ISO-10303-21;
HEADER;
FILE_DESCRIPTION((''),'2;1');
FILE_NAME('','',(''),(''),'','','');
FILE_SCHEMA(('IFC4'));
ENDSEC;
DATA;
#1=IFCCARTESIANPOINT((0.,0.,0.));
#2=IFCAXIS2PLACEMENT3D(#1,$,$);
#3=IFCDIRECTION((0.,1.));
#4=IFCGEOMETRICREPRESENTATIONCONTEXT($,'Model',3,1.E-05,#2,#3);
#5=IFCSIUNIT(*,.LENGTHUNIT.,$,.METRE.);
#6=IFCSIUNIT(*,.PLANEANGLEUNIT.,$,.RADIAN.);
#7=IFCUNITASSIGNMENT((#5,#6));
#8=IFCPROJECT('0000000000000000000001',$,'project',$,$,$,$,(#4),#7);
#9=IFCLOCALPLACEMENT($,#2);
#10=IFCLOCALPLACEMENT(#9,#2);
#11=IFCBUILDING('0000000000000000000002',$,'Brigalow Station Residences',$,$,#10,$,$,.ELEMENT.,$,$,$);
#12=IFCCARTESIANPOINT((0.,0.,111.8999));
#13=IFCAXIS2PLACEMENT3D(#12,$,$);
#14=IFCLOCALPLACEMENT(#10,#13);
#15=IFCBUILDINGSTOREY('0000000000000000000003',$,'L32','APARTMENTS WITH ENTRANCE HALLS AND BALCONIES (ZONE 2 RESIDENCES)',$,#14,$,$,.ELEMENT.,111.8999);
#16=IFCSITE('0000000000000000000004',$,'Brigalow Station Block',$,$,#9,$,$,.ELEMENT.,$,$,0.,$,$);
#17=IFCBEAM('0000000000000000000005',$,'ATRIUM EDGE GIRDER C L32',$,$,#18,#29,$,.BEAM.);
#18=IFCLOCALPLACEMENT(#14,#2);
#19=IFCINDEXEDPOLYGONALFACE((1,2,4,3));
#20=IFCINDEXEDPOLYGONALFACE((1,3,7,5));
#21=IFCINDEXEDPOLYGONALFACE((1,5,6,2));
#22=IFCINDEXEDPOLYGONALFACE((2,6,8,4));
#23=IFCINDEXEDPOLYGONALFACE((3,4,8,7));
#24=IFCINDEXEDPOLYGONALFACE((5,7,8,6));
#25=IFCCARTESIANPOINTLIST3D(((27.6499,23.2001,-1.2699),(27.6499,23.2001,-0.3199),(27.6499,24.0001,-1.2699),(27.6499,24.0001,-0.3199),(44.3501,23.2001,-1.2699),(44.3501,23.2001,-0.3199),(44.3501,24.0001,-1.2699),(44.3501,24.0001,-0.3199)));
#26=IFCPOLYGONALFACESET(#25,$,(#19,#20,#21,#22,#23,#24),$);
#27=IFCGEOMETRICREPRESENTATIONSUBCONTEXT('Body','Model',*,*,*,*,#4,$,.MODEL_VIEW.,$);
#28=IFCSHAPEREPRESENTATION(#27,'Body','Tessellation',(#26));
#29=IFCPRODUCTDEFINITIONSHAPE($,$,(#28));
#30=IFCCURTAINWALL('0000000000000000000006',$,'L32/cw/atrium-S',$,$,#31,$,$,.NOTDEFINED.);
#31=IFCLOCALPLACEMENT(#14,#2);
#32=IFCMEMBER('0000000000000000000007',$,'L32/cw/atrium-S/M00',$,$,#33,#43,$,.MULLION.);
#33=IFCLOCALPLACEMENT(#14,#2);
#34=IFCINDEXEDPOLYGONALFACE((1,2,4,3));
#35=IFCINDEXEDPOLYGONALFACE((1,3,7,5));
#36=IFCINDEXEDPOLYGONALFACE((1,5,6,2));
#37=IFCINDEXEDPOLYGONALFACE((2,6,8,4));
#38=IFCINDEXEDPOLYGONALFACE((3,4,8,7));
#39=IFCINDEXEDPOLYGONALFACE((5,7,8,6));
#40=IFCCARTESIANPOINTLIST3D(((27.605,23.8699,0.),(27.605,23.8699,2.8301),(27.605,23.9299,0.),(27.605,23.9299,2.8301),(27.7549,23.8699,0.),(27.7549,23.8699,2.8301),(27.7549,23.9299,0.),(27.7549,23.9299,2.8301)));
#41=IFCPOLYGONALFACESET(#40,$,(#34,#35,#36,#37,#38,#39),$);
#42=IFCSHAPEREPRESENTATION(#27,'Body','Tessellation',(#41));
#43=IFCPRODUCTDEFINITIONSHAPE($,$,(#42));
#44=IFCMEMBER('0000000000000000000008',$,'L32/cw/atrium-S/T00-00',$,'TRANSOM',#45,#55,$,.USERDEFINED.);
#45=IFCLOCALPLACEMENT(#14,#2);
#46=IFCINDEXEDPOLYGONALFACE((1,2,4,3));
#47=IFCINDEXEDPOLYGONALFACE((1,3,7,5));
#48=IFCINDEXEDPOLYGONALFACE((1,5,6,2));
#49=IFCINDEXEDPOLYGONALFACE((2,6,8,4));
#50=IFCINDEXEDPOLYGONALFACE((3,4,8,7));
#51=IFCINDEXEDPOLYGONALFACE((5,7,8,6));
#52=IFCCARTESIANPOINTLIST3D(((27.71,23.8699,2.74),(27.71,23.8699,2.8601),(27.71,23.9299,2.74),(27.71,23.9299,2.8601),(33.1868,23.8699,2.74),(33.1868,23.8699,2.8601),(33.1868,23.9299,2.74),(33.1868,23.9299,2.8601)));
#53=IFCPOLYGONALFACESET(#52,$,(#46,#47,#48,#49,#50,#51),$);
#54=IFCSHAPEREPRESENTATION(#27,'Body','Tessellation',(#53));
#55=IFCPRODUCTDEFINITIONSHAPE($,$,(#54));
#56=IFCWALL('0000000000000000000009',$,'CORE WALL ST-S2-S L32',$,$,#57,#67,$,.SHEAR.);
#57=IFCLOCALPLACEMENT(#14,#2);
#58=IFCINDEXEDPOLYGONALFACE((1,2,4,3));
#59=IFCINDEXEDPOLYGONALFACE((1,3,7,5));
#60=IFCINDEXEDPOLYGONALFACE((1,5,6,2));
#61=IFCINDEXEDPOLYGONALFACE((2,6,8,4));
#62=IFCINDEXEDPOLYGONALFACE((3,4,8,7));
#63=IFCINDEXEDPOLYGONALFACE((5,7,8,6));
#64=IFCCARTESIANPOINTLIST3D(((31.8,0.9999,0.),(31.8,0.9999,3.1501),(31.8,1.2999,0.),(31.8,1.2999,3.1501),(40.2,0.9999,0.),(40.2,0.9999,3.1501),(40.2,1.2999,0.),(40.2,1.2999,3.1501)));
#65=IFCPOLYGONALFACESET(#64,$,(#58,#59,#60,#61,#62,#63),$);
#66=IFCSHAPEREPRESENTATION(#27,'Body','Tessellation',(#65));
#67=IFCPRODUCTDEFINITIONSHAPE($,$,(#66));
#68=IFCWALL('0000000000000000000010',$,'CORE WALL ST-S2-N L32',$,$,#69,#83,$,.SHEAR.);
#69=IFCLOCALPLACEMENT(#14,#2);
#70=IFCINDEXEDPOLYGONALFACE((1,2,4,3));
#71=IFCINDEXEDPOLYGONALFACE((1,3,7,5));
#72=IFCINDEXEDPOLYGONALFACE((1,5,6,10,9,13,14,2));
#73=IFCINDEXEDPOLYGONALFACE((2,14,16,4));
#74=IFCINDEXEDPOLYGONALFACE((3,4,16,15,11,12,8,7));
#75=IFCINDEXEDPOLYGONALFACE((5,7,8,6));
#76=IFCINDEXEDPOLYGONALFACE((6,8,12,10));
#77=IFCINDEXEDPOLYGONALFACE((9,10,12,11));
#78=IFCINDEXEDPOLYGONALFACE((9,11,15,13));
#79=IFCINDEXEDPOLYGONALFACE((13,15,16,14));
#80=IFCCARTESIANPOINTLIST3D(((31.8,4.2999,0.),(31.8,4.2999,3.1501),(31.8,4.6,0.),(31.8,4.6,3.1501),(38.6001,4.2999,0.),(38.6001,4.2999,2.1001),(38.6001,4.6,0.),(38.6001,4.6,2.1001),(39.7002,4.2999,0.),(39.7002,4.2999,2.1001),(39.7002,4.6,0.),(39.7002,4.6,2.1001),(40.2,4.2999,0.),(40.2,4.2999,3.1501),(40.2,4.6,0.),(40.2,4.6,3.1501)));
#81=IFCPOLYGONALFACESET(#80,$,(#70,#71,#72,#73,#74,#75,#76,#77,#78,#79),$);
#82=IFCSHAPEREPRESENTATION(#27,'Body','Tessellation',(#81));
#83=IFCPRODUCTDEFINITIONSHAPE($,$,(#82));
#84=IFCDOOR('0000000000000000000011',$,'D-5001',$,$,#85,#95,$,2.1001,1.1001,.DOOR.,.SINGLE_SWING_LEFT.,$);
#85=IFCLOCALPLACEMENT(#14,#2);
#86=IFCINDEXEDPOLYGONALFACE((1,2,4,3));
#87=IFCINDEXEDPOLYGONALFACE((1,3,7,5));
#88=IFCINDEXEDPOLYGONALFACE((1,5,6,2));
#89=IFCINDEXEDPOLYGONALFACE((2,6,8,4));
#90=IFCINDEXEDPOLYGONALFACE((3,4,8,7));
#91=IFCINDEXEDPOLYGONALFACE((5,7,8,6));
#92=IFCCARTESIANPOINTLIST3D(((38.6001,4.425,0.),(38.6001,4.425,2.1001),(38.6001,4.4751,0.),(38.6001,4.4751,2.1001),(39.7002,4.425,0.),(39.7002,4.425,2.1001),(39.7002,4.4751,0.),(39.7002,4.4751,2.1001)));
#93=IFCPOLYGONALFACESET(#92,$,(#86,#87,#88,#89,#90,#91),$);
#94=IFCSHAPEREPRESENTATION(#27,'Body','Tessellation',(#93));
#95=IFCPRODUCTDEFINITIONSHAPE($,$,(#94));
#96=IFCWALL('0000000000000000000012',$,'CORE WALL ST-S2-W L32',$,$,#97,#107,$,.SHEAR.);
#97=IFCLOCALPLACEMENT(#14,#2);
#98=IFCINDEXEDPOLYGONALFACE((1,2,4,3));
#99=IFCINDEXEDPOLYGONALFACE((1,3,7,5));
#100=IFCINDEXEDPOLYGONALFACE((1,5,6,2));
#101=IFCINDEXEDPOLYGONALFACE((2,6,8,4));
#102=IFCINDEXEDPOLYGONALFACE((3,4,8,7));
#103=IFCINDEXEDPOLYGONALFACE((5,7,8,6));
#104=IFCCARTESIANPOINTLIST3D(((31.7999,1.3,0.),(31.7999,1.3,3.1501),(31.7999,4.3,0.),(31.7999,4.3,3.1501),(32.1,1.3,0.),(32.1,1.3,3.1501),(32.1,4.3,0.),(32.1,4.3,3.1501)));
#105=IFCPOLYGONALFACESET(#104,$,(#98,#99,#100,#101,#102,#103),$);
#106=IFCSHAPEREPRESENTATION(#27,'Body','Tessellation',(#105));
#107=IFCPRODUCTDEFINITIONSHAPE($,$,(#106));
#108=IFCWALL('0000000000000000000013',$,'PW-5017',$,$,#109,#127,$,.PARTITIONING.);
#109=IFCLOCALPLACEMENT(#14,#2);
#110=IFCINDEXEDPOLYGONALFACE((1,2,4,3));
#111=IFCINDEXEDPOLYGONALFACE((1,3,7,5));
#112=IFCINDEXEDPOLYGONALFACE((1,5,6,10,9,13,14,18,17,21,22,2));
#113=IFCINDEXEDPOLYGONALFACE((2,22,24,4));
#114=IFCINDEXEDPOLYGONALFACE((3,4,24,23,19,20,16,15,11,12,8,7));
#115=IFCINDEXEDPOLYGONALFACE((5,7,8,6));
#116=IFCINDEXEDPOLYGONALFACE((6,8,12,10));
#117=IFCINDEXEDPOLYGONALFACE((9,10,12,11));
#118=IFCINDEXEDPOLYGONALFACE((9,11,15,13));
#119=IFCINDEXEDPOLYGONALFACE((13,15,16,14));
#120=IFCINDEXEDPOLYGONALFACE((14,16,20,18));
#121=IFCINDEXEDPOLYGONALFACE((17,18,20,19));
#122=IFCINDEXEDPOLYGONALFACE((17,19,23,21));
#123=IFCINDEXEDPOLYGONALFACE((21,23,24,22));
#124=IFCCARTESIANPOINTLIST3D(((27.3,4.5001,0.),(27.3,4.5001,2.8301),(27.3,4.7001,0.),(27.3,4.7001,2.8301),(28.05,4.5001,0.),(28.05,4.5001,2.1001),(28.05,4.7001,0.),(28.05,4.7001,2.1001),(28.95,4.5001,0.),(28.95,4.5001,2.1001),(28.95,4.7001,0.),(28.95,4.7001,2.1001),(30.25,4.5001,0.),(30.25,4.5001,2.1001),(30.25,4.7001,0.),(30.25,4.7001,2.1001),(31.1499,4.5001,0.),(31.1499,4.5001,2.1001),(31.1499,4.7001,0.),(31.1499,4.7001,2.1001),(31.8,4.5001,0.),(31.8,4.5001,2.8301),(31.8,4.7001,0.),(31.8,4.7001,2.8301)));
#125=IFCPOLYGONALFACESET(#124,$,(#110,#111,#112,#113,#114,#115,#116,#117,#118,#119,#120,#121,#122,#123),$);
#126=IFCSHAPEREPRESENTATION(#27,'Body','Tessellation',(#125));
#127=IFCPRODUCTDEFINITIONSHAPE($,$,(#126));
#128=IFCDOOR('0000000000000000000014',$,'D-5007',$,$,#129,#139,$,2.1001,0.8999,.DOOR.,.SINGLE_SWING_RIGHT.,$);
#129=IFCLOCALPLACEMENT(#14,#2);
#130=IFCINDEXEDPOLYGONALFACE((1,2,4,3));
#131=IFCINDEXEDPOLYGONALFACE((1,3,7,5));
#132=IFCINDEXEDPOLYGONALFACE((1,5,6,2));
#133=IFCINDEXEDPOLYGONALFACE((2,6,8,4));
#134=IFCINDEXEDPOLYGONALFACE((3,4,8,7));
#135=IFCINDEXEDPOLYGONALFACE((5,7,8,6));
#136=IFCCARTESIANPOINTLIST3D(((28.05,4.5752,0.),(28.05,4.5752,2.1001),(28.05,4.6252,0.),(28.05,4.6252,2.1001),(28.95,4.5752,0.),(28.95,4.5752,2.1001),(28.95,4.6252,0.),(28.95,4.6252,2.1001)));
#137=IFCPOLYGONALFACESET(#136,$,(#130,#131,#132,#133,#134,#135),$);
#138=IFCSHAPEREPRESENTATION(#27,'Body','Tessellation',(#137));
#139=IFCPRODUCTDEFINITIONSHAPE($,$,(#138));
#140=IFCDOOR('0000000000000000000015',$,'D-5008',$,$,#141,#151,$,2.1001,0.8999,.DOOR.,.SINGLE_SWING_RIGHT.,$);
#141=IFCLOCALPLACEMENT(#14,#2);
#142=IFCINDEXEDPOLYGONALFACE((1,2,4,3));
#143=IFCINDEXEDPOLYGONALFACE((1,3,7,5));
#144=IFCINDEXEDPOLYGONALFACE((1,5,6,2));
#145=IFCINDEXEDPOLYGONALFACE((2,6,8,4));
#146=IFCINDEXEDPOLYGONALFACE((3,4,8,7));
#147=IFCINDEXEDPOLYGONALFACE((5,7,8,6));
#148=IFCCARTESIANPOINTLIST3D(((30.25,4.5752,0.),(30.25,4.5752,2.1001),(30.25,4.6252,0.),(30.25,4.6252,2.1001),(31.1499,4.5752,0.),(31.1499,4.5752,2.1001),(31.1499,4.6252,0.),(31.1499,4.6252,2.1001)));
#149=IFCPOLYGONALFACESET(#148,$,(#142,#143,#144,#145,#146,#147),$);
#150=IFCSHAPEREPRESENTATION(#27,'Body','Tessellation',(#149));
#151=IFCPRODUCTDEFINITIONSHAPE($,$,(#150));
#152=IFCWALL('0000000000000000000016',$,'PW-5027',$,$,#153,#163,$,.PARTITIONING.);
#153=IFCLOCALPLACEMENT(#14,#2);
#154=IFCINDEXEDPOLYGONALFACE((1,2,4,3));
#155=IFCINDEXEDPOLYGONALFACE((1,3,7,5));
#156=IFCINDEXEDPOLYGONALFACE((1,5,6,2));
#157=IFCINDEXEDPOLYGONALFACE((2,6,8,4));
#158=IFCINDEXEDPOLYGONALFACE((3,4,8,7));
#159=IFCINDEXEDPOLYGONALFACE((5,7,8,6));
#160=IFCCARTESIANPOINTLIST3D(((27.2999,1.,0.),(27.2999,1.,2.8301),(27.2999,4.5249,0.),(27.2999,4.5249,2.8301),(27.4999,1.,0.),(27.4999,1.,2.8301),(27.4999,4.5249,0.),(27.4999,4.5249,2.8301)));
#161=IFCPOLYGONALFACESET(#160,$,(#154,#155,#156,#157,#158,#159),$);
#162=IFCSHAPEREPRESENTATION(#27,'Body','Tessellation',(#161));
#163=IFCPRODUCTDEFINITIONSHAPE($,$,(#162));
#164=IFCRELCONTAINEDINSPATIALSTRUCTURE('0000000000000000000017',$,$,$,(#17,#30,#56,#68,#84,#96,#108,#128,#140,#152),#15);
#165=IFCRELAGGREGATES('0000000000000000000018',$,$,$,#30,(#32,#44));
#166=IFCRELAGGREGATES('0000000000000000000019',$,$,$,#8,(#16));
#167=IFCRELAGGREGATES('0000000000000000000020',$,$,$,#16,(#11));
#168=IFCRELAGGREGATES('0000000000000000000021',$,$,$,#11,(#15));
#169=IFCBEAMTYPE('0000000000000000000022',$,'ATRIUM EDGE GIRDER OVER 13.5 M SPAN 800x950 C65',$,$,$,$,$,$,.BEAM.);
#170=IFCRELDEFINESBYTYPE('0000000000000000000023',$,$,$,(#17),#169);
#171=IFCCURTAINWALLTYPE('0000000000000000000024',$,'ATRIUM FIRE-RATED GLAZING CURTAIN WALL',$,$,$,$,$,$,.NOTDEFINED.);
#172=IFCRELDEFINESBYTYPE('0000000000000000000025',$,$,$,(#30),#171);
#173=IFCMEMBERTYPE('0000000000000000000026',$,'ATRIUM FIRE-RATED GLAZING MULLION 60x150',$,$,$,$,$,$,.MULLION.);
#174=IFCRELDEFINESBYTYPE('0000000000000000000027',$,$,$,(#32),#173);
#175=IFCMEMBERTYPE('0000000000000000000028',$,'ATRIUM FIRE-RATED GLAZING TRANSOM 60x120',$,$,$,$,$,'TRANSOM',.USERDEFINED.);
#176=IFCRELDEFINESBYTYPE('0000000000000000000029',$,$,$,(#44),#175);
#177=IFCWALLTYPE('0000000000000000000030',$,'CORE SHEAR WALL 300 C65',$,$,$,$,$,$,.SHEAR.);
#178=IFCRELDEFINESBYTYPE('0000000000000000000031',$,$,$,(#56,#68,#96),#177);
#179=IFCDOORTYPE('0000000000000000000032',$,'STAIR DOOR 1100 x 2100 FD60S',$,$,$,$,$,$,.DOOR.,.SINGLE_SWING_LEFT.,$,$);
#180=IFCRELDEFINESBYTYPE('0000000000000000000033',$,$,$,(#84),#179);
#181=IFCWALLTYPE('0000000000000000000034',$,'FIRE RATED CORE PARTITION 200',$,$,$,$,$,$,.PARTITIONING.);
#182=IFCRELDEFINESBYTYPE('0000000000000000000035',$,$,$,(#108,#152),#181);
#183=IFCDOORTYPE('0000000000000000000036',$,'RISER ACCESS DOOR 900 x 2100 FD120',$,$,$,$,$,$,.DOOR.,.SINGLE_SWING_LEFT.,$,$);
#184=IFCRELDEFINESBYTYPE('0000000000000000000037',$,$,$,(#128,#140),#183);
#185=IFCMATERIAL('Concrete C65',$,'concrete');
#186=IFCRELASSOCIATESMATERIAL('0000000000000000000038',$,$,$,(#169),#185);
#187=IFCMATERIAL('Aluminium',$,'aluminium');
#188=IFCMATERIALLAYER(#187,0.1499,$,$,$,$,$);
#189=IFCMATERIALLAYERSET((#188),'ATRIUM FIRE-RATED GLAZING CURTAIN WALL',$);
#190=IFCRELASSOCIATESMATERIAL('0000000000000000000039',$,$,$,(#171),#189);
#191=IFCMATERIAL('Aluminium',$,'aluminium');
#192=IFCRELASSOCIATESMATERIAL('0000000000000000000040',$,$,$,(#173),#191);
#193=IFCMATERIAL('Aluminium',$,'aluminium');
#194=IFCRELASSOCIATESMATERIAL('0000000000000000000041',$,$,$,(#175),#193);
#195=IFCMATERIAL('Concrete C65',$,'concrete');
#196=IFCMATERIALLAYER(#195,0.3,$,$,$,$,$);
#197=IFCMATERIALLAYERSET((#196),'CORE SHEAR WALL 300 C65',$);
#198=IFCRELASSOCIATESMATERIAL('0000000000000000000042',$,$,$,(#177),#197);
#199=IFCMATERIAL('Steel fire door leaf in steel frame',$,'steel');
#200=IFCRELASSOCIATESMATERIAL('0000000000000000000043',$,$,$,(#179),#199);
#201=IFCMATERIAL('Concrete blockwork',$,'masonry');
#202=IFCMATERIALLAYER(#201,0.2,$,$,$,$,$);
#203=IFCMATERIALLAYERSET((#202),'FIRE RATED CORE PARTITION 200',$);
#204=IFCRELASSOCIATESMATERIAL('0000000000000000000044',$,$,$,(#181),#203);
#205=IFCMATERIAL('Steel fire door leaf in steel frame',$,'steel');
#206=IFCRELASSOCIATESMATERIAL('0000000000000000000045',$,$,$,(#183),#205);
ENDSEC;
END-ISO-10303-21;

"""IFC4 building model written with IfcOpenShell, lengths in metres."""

from ifc_helpers import new_model, si_unit, direction, frame, frame_2d, origin, origin_2d, place, context, subcontext, project, spatial, rectangle, extrude, material, layer, layer_set, material_profile, profile_set, type_object, element, fill, aggregate, save


model = new_model("IFC4")

# Units and contexts
model_context = context("Model", 3, precision=1e-05, world=origin(), true_north=direction((0.0, 1.0)))
body_context = subcontext(model_context, "Body", "Model", "MODEL_VIEW")
ifc_project = project(units=[si_unit("LENGTHUNIT", "METRE"), si_unit("PLANEANGLEUNIT", "RADIAN")], contexts=[model_context])

# Site, building, storey
site_placement = place(None, origin())
site = spatial("IfcSite", under=ifc_project, at=site_placement, Name="Brigalow Station Block", CompositionType="ELEMENT", RefElevation=0.0)
building_placement = place(site_placement, origin())
building = spatial("IfcBuilding", under=site, at=building_placement, Name="Brigalow Station Residences", CompositionType="ELEMENT")
storey_placement = place(building_placement, frame((0.0, 0.0, 111.8999)))
storey = spatial("IfcBuildingStorey", under=building, at=storey_placement, Name="L32", Description="APARTMENTS WITH ENTRANCE HALLS AND BALCONIES (ZONE 2 RESIDENCES)", CompositionType="ELEMENT", Elevation=111.8999)

# Beam
ifc_material_1 = material(Name="Concrete C65", Category="concrete")
ifc_material_profile_1 = material_profile(ifc_material_1, rectangle(XDim=0.8, YDim=0.95, at=origin_2d()), Name="RC800x950")
ifc_profile_set_1 = profile_set([ifc_material_profile_1], Name="Concrete C65")
beam_type = type_object("IfcBeamType", Name="ATRIUM EDGE GIRDER OVER 13.5 M SPAN 800x950 C65", PredefinedType="BEAM", material=ifc_profile_set_1)
beam_placement = place(storey_placement, frame((27.6499, 23.6001, -0.7949), z_axis=(1.0, 0.0, 0.0), x_axis=(0.0, 1.0, 0.0)))
element("IfcBeam", 1, at=beam_placement, inside=storey, type_object=beam_type, Name="ATRIUM EDGE GIRDER C L32", PredefinedType="BEAM", context=body_context, shape_type="SweptSolid", body=[
    extrude(rectangle(XDim=0.8, YDim=0.95, at=origin_2d()), origin(), (0.0, 0.0, 1.0), 16.7002),
])

# Curtain wall, members
ifc_material_2 = material(Name="Aluminium", Category="aluminium")
ifc_layer_1 = layer(ifc_material_2, 0.1499)
ifc_layer_set_1 = layer_set([ifc_layer_1], Name="ATRIUM FIRE-RATED GLAZING CURTAIN WALL")
curtain_wall_type = type_object("IfcCurtainWallType", Name="ATRIUM FIRE-RATED GLAZING CURTAIN WALL", PredefinedType="NOTDEFINED", material=ifc_layer_set_1)
curtain_wall_placement = place(storey_placement, origin())
curtain_wall = element("IfcCurtainWall", 2, at=curtain_wall_placement, inside=storey, type_object=curtain_wall_type, Name="L32/cw/atrium-S", PredefinedType="NOTDEFINED")
ifc_material_3 = material(Name="Aluminium", Category="aluminium")
ifc_material_profile_2 = material_profile(ifc_material_3, rectangle(XDim=0.0601, YDim=0.1499, at=origin_2d()), Name="ATRIUM FIRE-RATED GLAZING MULLION 60x150")
ifc_profile_set_2 = profile_set([ifc_material_profile_2], Name="Aluminium")
member_type_1 = type_object("IfcMemberType", Name="ATRIUM FIRE-RATED GLAZING MULLION 60x150", PredefinedType="MULLION", material=ifc_profile_set_2)
member_1_placement = place(storey_placement, frame((27.6799, 23.8999, 0.0), z_axis=(0.0, 0.0, 1.0), x_axis=(0.0, 1.0, 0.0)))
member_1 = element("IfcMember", 3, at=member_1_placement, type_object=member_type_1, Name="L32/cw/atrium-S/M00", PredefinedType="MULLION", context=body_context, shape_type="SweptSolid", body=[
    extrude(rectangle(XDim=0.0601, YDim=0.1499, at=origin_2d()), origin(), (0.0, 0.0, 1.0), 2.8301),
])
ifc_material_4 = material(Name="Aluminium", Category="aluminium")
ifc_material_profile_3 = material_profile(ifc_material_4, rectangle(XDim=0.0601, YDim=0.1201, at=origin_2d()), Name="ATRIUM FIRE-RATED GLAZING TRANSOM 60x120")
ifc_profile_set_3 = profile_set([ifc_material_profile_3], Name="Aluminium")
member_type_2 = type_object("IfcMemberType", Name="ATRIUM FIRE-RATED GLAZING TRANSOM 60x120", ElementType="TRANSOM", PredefinedType="USERDEFINED", material=ifc_profile_set_3)
member_2_placement = place(storey_placement, frame((27.71, 23.8999, 2.8), z_axis=(1.0, 0.0, 0.0), x_axis=(0.0, 1.0, 0.0)))
member_2 = element("IfcMember", 4, at=member_2_placement, type_object=member_type_2, Name="L32/cw/atrium-S/T00-00", ObjectType="TRANSOM", PredefinedType="USERDEFINED", context=body_context, shape_type="SweptSolid", body=[
    extrude(rectangle(XDim=0.0601, YDim=0.1201, at=origin_2d()), origin(), (0.0, 0.0, 1.0), 5.4768),
])
aggregate(curtain_wall, [member_1, member_2])

# Wall
ifc_material_5 = material(Name="Concrete C65", Category="concrete")
ifc_layer_2 = layer(ifc_material_5, 0.3)
ifc_layer_set_2 = layer_set([ifc_layer_2], Name="CORE SHEAR WALL 300 C65")
wall_type_1 = type_object("IfcWallType", Name="CORE SHEAR WALL 300 C65", PredefinedType="SHEAR", material=ifc_layer_set_2)
wall_1_placement = place(storey_placement, frame((31.8, 1.1499, 0.0), z_axis=(0.0, 0.0, 1.0), x_axis=(1.0, 0.0, 0.0)))
element("IfcWall", 5, at=wall_1_placement, inside=storey, type_object=wall_type_1, Name="CORE WALL ST-S2-S L32", PredefinedType="SHEAR", context=body_context, shape_type="SweptSolid", body=[
    extrude(rectangle(XDim=8.3999, YDim=0.3, at=frame_2d((4.2, 0.0))), origin(), (0.0, 0.0, 1.0), 3.1501),
])

# Wall, opening, door
wall_2_placement = place(storey_placement, frame((31.8, 4.45, 0.0), z_axis=(0.0, 0.0, 1.0), x_axis=(1.0, 0.0, 0.0)))
wall_2 = element("IfcWall", 6, at=wall_2_placement, inside=storey, type_object=wall_type_1, Name="CORE WALL ST-S2-N L32", PredefinedType="SHEAR", context=body_context, shape_type="SweptSolid", body=[
    extrude(rectangle(XDim=8.3999, YDim=0.3, at=frame_2d((4.2, 0.0))), origin(), (0.0, 0.0, 1.0), 3.1501),
])
opening_1_placement = place(wall_2_placement, frame((6.8, 0.0, 0.0)))
opening_1 = element("IfcOpeningElement", 7, at=opening_1_placement, cuts=wall_2, PredefinedType="OPENING", context=body_context, shape_type="SweptSolid", body=[
    extrude(rectangle(XDim=1.1001, YDim=2.1001, at=frame_2d((0.55, 1.05))), frame((0.0, 0.1602, 0.0), z_axis=(0.0, -1.0, 0.0), x_axis=(1.0, 0.0, 0.0)), (0.0, 0.0, 1.0), 0.3201),
])
ifc_material_6 = material(Name="Steel fire door leaf in steel frame", Category="steel")
door_type_1 = type_object("IfcDoorType", Name="STAIR DOOR 1100 x 2100 FD60S", OperationType="SINGLE_SWING_LEFT", PredefinedType="DOOR", material=ifc_material_6)
door_1_placement = place(opening_1_placement, frame((1.1001, 0.0, 0.0), z_axis=(0.0, 0.0, 1.0), x_axis=(-1.0, 0.0, 0.0)))
door_1 = element("IfcDoor", 8, at=door_1_placement, inside=storey, type_object=door_type_1, Name="D-5001", OperationType="SINGLE_SWING_LEFT", OverallHeight=2.1001, OverallWidth=1.1001, PredefinedType="DOOR", context=body_context, shape_type="SweptSolid", body=[
    extrude(rectangle(XDim=1.1001, YDim=2.1001, at=frame_2d((0.55, 1.05))), frame((0.0, 0.0249, 0.0), z_axis=(0.0, -1.0, 0.0), x_axis=(1.0, 0.0, 0.0)), (0.0, 0.0, 1.0), 0.05),
])
fill(opening_1, door_1)

# Wall
wall_3_placement = place(storey_placement, frame((31.95, 1.3, 0.0), z_axis=(0.0, 0.0, 1.0), x_axis=(0.0, 1.0, 0.0)))
element("IfcWall", 9, at=wall_3_placement, inside=storey, type_object=wall_type_1, Name="CORE WALL ST-S2-W L32", PredefinedType="SHEAR", context=body_context, shape_type="SweptSolid", body=[
    extrude(rectangle(XDim=3.0, YDim=0.3, at=frame_2d((1.5, 0.0))), origin(), (0.0, 0.0, 1.0), 3.1501),
])

# Wall, openings, doors
ifc_material_7 = material(Name="Concrete blockwork", Category="masonry")
ifc_layer_3 = layer(ifc_material_7, 0.2)
ifc_layer_set_3 = layer_set([ifc_layer_3], Name="FIRE RATED CORE PARTITION 200")
wall_type_2 = type_object("IfcWallType", Name="FIRE RATED CORE PARTITION 200", PredefinedType="PARTITIONING", material=ifc_layer_set_3)
wall_4_placement = place(storey_placement, frame((27.3, 4.6001, 0.0), z_axis=(0.0, 0.0, 1.0), x_axis=(1.0, 0.0, 0.0)))
wall_4 = element("IfcWall", 10, at=wall_4_placement, inside=storey, type_object=wall_type_2, Name="PW-5017", PredefinedType="PARTITIONING", context=body_context, shape_type="SweptSolid", body=[
    extrude(rectangle(XDim=4.5, YDim=0.2, at=frame_2d((2.25, 0.0))), origin(), (0.0, 0.0, 1.0), 2.8301),
])
opening_2_placement = place(wall_4_placement, frame((0.75, 0.0, 0.0)))
opening_2 = element("IfcOpeningElement", 11, at=opening_2_placement, cuts=wall_4, PredefinedType="OPENING", context=body_context, shape_type="SweptSolid", body=[
    extrude(rectangle(XDim=0.8999, YDim=2.1001, at=frame_2d((0.45, 1.05))), frame((0.0, 0.1099, 0.0), z_axis=(0.0, -1.0, 0.0), x_axis=(1.0, 0.0, 0.0)), (0.0, 0.0, 1.0), 0.22),
])
opening_3_placement = place(wall_4_placement, frame((2.95, 0.0, 0.0)))
opening_3 = element("IfcOpeningElement", 12, at=opening_3_placement, cuts=wall_4, PredefinedType="OPENING", context=body_context, shape_type="SweptSolid", body=[
    extrude(rectangle(XDim=0.8999, YDim=2.1001, at=frame_2d((0.45, 1.05))), frame((0.0, 0.1099, 0.0), z_axis=(0.0, -1.0, 0.0), x_axis=(1.0, 0.0, 0.0)), (0.0, 0.0, 1.0), 0.22),
])
ifc_material_8 = material(Name="Steel fire door leaf in steel frame", Category="steel")
door_type_2 = type_object("IfcDoorType", Name="RISER ACCESS DOOR 900 x 2100 FD120", OperationType="SINGLE_SWING_LEFT", PredefinedType="DOOR", material=ifc_material_8)
door_2_placement = place(opening_2_placement, frame((0.8999, 0.0, 0.0), z_axis=(0.0, 0.0, 1.0), x_axis=(-1.0, 0.0, 0.0)))
door_2 = element("IfcDoor", 13, at=door_2_placement, inside=storey, type_object=door_type_2, Name="D-5007", OperationType="SINGLE_SWING_RIGHT", OverallHeight=2.1001, OverallWidth=0.8999, PredefinedType="DOOR", context=body_context, shape_type="SweptSolid", body=[
    extrude(rectangle(XDim=0.8999, YDim=2.1001, at=frame_2d((0.45, 1.05))), frame((0.0, 0.0249, 0.0), z_axis=(0.0, -1.0, 0.0), x_axis=(1.0, 0.0, 0.0)), (0.0, 0.0, 1.0), 0.05),
])
fill(opening_2, door_2)
door_3_placement = place(opening_3_placement, frame((0.8999, 0.0, 0.0), z_axis=(0.0, 0.0, 1.0), x_axis=(-1.0, 0.0, 0.0)))
door_3 = element("IfcDoor", 14, at=door_3_placement, inside=storey, type_object=door_type_2, Name="D-5008", OperationType="SINGLE_SWING_RIGHT", OverallHeight=2.1001, OverallWidth=0.8999, PredefinedType="DOOR", context=body_context, shape_type="SweptSolid", body=[
    extrude(rectangle(XDim=0.8999, YDim=2.1001, at=frame_2d((0.45, 1.05))), frame((0.0, 0.0249, 0.0), z_axis=(0.0, -1.0, 0.0), x_axis=(1.0, 0.0, 0.0)), (0.0, 0.0, 1.0), 0.05),
])
fill(opening_3, door_3)

# Wall
wall_5_placement = place(storey_placement, frame((27.3999, 1.0, 0.0), z_axis=(0.0, 0.0, 1.0), x_axis=(0.0, 1.0, 0.0)))
element("IfcWall", 15, at=wall_5_placement, inside=storey, type_object=wall_type_2, Name="PW-5027", PredefinedType="PARTITIONING", context=body_context, shape_type="SweptSolid", body=[
    extrude(rectangle(XDim=3.5249, YDim=0.2, at=frame_2d((1.7625, 0.0))), origin(), (0.0, 0.0, 1.0), 2.8301),
])

save(model, "model.ifc")
